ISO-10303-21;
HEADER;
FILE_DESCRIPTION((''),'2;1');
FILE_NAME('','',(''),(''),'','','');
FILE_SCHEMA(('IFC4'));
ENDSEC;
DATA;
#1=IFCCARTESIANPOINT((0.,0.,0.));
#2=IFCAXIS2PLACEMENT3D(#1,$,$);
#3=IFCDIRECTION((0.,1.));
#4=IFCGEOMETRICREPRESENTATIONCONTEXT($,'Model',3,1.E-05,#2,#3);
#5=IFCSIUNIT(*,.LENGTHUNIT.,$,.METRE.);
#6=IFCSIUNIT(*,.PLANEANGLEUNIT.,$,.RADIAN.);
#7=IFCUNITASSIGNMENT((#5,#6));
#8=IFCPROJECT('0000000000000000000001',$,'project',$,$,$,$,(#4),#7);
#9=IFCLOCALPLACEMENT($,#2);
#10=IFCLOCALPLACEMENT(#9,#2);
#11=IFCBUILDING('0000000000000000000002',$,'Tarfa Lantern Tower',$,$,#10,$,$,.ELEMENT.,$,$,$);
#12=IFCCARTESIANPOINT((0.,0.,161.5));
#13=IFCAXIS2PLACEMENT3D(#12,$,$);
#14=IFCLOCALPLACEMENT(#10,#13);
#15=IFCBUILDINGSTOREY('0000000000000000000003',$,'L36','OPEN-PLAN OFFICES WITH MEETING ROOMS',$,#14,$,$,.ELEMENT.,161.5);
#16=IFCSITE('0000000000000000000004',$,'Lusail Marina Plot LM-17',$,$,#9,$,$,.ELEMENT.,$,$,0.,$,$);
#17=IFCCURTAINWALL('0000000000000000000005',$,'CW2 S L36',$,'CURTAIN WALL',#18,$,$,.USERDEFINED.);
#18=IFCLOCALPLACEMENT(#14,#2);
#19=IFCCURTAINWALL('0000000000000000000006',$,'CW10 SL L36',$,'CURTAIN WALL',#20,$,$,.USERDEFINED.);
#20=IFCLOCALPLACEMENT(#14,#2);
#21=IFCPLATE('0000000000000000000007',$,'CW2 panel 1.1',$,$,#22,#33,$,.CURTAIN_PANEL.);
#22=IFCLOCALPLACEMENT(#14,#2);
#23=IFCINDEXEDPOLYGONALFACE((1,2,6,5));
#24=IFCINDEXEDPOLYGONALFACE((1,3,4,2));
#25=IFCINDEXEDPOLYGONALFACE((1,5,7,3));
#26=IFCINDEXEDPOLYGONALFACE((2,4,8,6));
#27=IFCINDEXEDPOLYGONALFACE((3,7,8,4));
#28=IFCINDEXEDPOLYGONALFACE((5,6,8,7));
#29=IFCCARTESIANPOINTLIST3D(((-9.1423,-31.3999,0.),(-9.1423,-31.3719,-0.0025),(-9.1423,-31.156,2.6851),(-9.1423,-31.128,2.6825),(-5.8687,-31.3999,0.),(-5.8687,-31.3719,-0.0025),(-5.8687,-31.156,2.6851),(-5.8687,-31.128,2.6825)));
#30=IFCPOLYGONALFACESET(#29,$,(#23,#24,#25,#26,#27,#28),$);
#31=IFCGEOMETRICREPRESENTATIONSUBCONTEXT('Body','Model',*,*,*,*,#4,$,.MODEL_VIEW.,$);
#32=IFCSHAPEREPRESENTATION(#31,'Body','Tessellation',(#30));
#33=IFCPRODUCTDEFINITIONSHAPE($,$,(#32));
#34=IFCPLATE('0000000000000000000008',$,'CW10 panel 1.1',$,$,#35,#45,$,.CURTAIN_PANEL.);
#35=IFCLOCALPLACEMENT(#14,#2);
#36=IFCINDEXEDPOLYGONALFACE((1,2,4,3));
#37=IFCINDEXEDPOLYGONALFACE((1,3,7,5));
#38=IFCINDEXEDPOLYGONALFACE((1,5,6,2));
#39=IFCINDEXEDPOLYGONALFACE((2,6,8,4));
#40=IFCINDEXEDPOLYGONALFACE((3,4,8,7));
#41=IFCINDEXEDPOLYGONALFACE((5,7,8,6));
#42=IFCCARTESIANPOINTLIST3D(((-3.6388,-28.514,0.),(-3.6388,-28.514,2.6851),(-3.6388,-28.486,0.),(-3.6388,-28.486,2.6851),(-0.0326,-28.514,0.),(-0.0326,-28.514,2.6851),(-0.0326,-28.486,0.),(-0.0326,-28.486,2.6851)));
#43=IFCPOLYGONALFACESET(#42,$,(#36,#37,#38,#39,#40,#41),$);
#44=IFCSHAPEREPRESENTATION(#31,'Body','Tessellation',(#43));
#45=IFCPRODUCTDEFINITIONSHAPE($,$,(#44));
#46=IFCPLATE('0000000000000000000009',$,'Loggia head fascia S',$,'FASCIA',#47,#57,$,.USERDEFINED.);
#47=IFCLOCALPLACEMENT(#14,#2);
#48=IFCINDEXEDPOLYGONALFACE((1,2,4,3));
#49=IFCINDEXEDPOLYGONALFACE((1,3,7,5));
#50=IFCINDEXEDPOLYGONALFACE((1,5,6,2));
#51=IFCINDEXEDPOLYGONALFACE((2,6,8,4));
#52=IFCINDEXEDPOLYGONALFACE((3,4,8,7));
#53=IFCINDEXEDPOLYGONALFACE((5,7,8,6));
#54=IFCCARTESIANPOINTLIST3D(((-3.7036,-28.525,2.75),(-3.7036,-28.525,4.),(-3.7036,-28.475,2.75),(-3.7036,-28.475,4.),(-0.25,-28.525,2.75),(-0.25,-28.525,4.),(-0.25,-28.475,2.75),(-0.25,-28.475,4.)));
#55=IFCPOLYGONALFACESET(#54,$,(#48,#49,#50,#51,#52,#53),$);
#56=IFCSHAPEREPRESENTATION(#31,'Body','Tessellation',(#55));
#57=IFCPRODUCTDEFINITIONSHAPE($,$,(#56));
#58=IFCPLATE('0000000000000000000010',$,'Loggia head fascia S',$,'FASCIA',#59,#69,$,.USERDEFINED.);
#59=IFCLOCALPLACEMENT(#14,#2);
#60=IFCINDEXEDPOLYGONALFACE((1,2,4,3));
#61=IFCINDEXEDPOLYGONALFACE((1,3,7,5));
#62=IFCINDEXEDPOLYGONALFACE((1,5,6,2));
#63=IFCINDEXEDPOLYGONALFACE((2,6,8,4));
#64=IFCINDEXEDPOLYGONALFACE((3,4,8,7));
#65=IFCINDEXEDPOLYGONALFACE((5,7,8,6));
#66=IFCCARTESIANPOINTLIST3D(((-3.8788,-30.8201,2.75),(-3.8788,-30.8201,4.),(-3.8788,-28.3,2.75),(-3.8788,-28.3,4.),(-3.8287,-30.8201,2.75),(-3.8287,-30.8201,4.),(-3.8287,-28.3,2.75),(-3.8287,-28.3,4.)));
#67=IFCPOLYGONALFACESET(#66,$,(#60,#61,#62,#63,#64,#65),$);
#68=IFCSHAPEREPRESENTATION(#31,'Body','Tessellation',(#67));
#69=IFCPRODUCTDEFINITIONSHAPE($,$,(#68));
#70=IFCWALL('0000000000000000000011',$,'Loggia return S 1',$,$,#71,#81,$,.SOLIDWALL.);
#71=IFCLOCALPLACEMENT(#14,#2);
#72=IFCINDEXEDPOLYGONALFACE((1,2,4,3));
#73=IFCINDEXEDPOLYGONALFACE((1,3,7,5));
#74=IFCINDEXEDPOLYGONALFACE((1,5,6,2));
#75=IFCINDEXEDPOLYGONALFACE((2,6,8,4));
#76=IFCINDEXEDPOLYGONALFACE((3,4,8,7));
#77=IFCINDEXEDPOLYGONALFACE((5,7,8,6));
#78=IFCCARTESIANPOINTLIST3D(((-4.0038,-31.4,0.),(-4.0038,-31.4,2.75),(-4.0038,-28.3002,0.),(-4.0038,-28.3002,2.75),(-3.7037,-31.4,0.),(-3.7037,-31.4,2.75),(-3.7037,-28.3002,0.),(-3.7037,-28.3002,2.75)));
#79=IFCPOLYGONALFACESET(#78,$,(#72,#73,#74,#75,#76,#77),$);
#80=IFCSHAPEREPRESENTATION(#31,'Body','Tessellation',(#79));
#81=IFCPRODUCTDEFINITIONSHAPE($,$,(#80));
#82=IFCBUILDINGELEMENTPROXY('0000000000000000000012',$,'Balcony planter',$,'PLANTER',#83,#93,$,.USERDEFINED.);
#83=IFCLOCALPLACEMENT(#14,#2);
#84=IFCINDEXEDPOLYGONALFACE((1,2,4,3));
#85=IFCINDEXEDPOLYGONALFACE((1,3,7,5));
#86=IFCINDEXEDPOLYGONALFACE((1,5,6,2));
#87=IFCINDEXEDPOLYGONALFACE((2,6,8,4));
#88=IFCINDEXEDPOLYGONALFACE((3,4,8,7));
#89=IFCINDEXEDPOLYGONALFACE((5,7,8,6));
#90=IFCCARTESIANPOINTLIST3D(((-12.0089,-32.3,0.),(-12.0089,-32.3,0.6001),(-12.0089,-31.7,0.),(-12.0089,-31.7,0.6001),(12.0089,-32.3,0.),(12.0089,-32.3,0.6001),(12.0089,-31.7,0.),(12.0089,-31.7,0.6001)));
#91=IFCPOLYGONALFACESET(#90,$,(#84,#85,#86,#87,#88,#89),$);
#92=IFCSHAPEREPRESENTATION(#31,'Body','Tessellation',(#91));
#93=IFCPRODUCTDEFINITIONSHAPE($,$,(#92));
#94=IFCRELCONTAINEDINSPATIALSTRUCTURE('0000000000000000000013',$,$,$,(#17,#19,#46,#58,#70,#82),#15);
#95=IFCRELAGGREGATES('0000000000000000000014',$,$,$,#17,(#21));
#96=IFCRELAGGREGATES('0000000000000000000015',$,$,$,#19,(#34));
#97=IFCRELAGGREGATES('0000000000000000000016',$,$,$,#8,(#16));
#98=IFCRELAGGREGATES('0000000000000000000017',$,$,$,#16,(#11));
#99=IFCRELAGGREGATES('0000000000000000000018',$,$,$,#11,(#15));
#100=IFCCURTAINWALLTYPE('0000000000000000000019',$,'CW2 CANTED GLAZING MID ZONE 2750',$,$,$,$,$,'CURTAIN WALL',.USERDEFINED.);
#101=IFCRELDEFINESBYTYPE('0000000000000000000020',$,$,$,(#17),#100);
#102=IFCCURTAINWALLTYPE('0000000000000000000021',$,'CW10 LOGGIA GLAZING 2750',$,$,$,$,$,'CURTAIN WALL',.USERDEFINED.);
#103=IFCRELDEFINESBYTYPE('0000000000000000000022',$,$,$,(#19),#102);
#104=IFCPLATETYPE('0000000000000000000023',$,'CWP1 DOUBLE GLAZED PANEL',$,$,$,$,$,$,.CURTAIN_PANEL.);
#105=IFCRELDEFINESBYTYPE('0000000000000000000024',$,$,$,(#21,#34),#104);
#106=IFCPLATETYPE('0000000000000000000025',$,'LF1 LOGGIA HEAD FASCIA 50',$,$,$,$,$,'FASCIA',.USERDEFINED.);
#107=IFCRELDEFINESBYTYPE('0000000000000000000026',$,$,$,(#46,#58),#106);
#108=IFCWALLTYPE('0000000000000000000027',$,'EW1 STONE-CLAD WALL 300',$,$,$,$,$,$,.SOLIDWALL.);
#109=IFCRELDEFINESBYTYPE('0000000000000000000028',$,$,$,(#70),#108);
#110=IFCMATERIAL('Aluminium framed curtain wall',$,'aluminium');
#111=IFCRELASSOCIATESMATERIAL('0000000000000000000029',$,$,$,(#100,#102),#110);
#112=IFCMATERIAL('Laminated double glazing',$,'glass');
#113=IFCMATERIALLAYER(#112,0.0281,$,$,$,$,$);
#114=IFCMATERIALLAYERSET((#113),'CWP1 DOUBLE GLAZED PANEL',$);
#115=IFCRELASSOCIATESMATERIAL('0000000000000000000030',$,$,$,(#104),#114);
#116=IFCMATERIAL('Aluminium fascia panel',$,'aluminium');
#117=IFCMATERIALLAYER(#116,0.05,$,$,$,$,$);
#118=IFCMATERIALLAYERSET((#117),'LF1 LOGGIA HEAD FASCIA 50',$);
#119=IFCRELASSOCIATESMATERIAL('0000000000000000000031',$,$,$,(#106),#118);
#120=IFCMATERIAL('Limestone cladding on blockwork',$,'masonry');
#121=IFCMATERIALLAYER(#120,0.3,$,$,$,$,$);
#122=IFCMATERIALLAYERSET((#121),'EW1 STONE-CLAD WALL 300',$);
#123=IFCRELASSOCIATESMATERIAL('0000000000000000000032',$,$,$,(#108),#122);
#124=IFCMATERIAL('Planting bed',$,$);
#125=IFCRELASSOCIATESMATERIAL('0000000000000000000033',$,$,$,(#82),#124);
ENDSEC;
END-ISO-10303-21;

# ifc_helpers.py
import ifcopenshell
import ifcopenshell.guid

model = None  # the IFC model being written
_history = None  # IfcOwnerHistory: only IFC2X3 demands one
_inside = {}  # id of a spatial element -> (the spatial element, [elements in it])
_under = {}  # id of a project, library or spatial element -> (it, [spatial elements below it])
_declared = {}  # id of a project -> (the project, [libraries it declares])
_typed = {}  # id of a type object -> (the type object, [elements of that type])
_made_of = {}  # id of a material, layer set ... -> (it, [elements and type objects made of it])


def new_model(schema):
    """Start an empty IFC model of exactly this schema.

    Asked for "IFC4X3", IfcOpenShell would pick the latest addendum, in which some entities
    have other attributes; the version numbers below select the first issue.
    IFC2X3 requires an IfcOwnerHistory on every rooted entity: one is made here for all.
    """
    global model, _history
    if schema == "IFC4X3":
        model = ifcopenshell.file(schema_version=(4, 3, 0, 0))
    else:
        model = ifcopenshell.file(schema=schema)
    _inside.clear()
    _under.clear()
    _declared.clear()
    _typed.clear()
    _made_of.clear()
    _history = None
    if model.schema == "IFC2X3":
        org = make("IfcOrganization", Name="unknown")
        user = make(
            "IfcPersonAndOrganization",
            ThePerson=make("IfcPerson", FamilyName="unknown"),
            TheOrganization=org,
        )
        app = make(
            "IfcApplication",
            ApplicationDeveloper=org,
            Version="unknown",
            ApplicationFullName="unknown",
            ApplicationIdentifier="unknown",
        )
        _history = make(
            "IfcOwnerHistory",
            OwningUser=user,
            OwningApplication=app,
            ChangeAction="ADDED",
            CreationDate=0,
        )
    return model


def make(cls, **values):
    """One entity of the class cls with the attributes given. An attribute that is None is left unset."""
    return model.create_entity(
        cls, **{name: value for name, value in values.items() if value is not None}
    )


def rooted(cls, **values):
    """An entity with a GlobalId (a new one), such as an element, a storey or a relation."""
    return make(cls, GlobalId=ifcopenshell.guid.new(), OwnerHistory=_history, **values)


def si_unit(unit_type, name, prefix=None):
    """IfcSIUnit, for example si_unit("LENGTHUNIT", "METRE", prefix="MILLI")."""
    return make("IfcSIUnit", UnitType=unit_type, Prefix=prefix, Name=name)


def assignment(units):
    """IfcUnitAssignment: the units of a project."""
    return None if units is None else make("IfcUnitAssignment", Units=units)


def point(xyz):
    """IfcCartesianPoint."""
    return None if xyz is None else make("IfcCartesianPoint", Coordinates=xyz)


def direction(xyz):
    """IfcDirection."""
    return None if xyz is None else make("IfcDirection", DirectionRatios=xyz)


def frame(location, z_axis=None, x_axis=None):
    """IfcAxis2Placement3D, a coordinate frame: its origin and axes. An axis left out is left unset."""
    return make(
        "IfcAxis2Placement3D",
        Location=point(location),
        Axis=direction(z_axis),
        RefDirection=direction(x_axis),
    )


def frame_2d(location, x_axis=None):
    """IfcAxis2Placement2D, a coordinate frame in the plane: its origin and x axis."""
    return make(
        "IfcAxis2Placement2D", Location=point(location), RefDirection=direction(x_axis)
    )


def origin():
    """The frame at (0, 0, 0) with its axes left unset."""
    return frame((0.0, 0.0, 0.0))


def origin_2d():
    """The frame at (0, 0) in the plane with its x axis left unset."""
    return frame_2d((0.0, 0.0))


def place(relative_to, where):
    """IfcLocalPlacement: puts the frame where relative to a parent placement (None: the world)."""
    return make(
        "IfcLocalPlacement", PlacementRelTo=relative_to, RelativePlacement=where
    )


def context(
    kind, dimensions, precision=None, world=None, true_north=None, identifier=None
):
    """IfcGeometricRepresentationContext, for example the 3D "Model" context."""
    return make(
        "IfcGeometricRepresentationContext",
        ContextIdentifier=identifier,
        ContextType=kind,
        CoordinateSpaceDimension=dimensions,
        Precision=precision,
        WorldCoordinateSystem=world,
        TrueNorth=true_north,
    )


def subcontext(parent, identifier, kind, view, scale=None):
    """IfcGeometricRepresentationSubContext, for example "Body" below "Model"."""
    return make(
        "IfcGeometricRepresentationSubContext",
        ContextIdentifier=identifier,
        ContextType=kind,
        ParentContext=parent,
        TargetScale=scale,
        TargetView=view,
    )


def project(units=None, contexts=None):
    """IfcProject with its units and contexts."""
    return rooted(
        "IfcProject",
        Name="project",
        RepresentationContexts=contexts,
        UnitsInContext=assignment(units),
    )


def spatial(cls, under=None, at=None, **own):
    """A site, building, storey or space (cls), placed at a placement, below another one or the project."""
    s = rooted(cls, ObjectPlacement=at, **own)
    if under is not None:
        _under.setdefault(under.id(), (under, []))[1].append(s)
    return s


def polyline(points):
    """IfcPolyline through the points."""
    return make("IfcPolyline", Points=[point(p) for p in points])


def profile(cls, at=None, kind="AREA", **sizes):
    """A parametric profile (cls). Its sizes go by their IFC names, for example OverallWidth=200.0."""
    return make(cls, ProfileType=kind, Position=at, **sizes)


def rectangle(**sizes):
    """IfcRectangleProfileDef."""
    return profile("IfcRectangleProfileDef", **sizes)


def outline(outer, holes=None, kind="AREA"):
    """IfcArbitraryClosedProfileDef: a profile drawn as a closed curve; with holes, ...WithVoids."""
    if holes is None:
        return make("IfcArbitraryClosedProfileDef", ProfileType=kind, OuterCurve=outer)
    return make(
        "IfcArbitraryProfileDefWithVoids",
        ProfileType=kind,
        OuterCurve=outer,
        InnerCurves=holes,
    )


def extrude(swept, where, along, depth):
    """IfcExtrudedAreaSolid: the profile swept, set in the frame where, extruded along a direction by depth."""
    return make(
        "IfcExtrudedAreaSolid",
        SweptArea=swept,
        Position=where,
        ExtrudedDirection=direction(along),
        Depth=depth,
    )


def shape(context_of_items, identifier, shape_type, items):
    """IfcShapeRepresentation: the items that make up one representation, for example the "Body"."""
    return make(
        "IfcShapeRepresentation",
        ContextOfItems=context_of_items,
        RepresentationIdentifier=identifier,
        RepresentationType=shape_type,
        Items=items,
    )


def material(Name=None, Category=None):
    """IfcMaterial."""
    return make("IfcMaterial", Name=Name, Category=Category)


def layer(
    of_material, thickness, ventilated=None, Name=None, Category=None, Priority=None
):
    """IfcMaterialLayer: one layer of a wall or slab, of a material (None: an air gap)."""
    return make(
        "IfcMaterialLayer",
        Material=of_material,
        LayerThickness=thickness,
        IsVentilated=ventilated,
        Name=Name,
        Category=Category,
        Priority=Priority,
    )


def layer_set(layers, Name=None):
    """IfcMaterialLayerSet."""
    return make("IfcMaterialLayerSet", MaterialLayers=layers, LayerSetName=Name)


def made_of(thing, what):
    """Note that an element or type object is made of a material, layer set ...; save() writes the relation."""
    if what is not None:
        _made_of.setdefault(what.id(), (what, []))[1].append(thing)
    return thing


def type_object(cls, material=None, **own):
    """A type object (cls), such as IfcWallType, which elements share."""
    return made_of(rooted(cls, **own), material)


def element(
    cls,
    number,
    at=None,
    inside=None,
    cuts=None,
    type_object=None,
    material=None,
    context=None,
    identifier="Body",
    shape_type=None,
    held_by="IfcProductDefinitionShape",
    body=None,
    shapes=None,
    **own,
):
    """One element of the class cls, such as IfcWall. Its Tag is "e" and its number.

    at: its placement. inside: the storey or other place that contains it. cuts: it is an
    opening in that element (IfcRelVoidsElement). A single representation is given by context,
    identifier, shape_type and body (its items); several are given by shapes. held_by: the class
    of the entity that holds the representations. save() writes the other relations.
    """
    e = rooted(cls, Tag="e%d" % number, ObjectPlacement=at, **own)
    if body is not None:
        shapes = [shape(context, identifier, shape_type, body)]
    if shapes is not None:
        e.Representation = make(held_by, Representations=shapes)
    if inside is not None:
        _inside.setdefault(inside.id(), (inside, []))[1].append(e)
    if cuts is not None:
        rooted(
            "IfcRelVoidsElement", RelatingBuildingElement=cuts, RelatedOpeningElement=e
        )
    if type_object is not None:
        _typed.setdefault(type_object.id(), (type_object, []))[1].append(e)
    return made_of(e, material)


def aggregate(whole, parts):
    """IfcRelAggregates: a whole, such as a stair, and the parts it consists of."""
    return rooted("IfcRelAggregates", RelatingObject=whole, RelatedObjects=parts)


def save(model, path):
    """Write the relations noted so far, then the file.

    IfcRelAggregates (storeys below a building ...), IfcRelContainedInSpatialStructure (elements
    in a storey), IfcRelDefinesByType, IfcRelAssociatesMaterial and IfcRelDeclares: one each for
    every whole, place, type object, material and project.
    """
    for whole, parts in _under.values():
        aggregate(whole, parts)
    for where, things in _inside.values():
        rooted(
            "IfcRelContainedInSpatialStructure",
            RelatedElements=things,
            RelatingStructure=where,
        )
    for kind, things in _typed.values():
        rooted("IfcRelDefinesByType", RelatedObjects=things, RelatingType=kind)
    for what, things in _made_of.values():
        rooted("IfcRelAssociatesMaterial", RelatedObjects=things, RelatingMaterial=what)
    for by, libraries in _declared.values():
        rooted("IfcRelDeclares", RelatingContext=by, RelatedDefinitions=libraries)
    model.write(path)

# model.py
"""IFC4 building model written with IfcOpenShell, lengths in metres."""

from ifc_helpers import new_model, si_unit, direction, frame, frame_2d, origin, origin_2d, place, context, subcontext, project, spatial, polyline, rectangle, outline, extrude, material, layer, layer_set, type_object, element, aggregate, save


model = new_model("IFC4")

# Units and contexts
model_context = context("Model", 3, precision=1e-05, world=origin(), true_north=direction((0.0, 1.0)))
body_context = subcontext(model_context, "Body", "Model", "MODEL_VIEW")
ifc_project = project(units=[si_unit("LENGTHUNIT", "METRE"), si_unit("PLANEANGLEUNIT", "RADIAN")], contexts=[model_context])

# Site, building, storey
site_placement = place(None, origin())
site = spatial("IfcSite", under=ifc_project, at=site_placement, Name="Lusail Marina Plot LM-17", CompositionType="ELEMENT", RefElevation=0.0)
building_placement = place(site_placement, origin())
building = spatial("IfcBuilding", under=site, at=building_placement, Name="Tarfa Lantern Tower", CompositionType="ELEMENT")
storey_placement = place(building_placement, frame((0.0, 0.0, 161.5)))
storey = spatial("IfcBuildingStorey", under=building, at=storey_placement, Name="L36", Description="OPEN-PLAN OFFICES WITH MEETING ROOMS", CompositionType="ELEMENT", Elevation=161.5)

# Shared definitions
ifc_material_1 = material(Name="Aluminium framed curtain wall", Category="aluminium")
curtain_wall_type_1 = type_object("IfcCurtainWallType", Name="CW2 CANTED GLAZING MID ZONE 2750", ElementType="CURTAIN WALL", PredefinedType="USERDEFINED", material=ifc_material_1)

# Curtain walls
curtain_wall_1_placement = place(storey_placement, origin())
curtain_wall_1 = element("IfcCurtainWall", 1, at=curtain_wall_1_placement, inside=storey, type_object=curtain_wall_type_1, Name="CW2 S L36", ObjectType="CURTAIN WALL", PredefinedType="USERDEFINED")
curtain_wall_type_2 = type_object("IfcCurtainWallType", Name="CW10 LOGGIA GLAZING 2750", ElementType="CURTAIN WALL", PredefinedType="USERDEFINED", material=ifc_material_1)
curtain_wall_2_placement = place(storey_placement, origin())
curtain_wall_2 = element("IfcCurtainWall", 2, at=curtain_wall_2_placement, inside=storey, type_object=curtain_wall_type_2, Name="CW10 SL L36", ObjectType="CURTAIN WALL", PredefinedType="USERDEFINED")

# Plates
ifc_material_2 = material(Name="Laminated double glazing", Category="glass")
ifc_layer_1 = layer(ifc_material_2, 0.0281)
ifc_layer_set_1 = layer_set([ifc_layer_1], Name="CWP1 DOUBLE GLAZED PANEL")
plate_type_1 = type_object("IfcPlateType", Name="CWP1 DOUBLE GLAZED PANEL", PredefinedType="CURTAIN_PANEL", material=ifc_layer_set_1)
plate_1_placement = place(storey_placement, frame((-9.1423, -31.3999, 0.0), z_axis=(0.0, -0.9959, 0.090462), x_axis=(1.0, 0.0, 0.0)))
plate_1 = element("IfcPlate", 3, at=plate_1_placement, type_object=plate_type_1, Name="CW2 panel 1.1", PredefinedType="CURTAIN_PANEL", context=body_context, shape_type="SweptSolid", body=[
    extrude(outline(polyline([(0.0, 0.0), (3.2737, 0.0), (3.2737, 2.6961), (0.0, 2.6961), (0.0, 0.0)])), origin(), (0.0, 0.0, -1.0), 0.0281),
])
aggregate(curtain_wall_1, [plate_1])
plate_2_placement = place(storey_placement, frame((-1.8357, -28.5, 0.0), z_axis=(0.0, 0.0, 1.0), x_axis=(1.0, 0.0, 0.0)))
plate_2 = element("IfcPlate", 4, at=plate_2_placement, type_object=plate_type_1, Name="CW10 panel 1.1", PredefinedType="CURTAIN_PANEL", context=body_context, shape_type="SweptSolid", body=[
    extrude(rectangle(XDim=3.6062, YDim=0.0281, at=origin_2d()), origin(), (0.0, 0.0, 1.0), 2.6851),
])
aggregate(curtain_wall_2, [plate_2])

# Plates
ifc_material_3 = material(Name="Aluminium fascia panel", Category="aluminium")
ifc_layer_2 = layer(ifc_material_3, 0.05)
ifc_layer_set_2 = layer_set([ifc_layer_2], Name="LF1 LOGGIA HEAD FASCIA 50")
plate_type_2 = type_object("IfcPlateType", Name="LF1 LOGGIA HEAD FASCIA 50", ElementType="FASCIA", PredefinedType="USERDEFINED", material=ifc_layer_set_2)
plate_3_placement = place(storey_placement, frame((-1.9768, -28.5, 2.75), z_axis=(0.0, 0.0, 1.0), x_axis=(1.0, 0.0, 0.0)))
element("IfcPlate", 5, at=plate_3_placement, inside=storey, type_object=plate_type_2, Name="Loggia head fascia S", ObjectType="FASCIA", PredefinedType="USERDEFINED", context=body_context, shape_type="SweptSolid", body=[
    extrude(rectangle(XDim=3.4536, YDim=0.05, at=origin_2d()), origin(), (0.0, 0.0, 1.0), 1.25),
])
plate_4_placement = place(storey_placement, frame((-3.8538, -29.5601, 2.75), z_axis=(0.0, 0.0, 1.0), x_axis=(0.0, 1.0, 0.0)))
element("IfcPlate", 6, at=plate_4_placement, inside=storey, type_object=plate_type_2, Name="Loggia head fascia S", ObjectType="FASCIA", PredefinedType="USERDEFINED", context=body_context, shape_type="SweptSolid", body=[
    extrude(rectangle(XDim=2.52, YDim=0.05, at=origin_2d()), origin(), (0.0, 0.0, 1.0), 1.25),
])

# Wall
ifc_material_4 = material(Name="Limestone cladding on blockwork", Category="masonry")
ifc_layer_3 = layer(ifc_material_4, 0.3)
ifc_layer_set_3 = layer_set([ifc_layer_3], Name="EW1 STONE-CLAD WALL 300")
wall_type = type_object("IfcWallType", Name="EW1 STONE-CLAD WALL 300", PredefinedType="SOLIDWALL", material=ifc_layer_set_3)
wall_placement = place(storey_placement, frame((-3.8538, -31.3999, 0.0), z_axis=(0.0, 0.0, 1.0), x_axis=(0.0, 1.0, 0.0)))
element("IfcWall", 7, at=wall_placement, inside=storey, type_object=wall_type, Name="Loggia return S 1", PredefinedType="SOLIDWALL", context=body_context, shape_type="SweptSolid", body=[
    extrude(rectangle(XDim=3.0999, YDim=0.3, at=frame_2d((1.5498, 0.0))), origin(), (0.0, 0.0, 1.0), 2.75),
])

# Building element proxy
ifc_material_5 = material(Name="Planting bed")
proxy_placement = place(storey_placement, frame((0.0, -32.0, 0.0), z_axis=(0.0, 0.0, 1.0), x_axis=(1.0, 0.0, 0.0)))
element("IfcBuildingElementProxy", 8, at=proxy_placement, inside=storey, material=ifc_material_5, Name="Balcony planter", ObjectType="PLANTER", PredefinedType="USERDEFINED", context=body_context, shape_type="SweptSolid", body=[
    extrude(rectangle(XDim=24.0178, YDim=0.6001, at=origin_2d()), origin(), (0.0, 0.0, 1.0), 0.6001),
])

save(model, "model.ifc")
